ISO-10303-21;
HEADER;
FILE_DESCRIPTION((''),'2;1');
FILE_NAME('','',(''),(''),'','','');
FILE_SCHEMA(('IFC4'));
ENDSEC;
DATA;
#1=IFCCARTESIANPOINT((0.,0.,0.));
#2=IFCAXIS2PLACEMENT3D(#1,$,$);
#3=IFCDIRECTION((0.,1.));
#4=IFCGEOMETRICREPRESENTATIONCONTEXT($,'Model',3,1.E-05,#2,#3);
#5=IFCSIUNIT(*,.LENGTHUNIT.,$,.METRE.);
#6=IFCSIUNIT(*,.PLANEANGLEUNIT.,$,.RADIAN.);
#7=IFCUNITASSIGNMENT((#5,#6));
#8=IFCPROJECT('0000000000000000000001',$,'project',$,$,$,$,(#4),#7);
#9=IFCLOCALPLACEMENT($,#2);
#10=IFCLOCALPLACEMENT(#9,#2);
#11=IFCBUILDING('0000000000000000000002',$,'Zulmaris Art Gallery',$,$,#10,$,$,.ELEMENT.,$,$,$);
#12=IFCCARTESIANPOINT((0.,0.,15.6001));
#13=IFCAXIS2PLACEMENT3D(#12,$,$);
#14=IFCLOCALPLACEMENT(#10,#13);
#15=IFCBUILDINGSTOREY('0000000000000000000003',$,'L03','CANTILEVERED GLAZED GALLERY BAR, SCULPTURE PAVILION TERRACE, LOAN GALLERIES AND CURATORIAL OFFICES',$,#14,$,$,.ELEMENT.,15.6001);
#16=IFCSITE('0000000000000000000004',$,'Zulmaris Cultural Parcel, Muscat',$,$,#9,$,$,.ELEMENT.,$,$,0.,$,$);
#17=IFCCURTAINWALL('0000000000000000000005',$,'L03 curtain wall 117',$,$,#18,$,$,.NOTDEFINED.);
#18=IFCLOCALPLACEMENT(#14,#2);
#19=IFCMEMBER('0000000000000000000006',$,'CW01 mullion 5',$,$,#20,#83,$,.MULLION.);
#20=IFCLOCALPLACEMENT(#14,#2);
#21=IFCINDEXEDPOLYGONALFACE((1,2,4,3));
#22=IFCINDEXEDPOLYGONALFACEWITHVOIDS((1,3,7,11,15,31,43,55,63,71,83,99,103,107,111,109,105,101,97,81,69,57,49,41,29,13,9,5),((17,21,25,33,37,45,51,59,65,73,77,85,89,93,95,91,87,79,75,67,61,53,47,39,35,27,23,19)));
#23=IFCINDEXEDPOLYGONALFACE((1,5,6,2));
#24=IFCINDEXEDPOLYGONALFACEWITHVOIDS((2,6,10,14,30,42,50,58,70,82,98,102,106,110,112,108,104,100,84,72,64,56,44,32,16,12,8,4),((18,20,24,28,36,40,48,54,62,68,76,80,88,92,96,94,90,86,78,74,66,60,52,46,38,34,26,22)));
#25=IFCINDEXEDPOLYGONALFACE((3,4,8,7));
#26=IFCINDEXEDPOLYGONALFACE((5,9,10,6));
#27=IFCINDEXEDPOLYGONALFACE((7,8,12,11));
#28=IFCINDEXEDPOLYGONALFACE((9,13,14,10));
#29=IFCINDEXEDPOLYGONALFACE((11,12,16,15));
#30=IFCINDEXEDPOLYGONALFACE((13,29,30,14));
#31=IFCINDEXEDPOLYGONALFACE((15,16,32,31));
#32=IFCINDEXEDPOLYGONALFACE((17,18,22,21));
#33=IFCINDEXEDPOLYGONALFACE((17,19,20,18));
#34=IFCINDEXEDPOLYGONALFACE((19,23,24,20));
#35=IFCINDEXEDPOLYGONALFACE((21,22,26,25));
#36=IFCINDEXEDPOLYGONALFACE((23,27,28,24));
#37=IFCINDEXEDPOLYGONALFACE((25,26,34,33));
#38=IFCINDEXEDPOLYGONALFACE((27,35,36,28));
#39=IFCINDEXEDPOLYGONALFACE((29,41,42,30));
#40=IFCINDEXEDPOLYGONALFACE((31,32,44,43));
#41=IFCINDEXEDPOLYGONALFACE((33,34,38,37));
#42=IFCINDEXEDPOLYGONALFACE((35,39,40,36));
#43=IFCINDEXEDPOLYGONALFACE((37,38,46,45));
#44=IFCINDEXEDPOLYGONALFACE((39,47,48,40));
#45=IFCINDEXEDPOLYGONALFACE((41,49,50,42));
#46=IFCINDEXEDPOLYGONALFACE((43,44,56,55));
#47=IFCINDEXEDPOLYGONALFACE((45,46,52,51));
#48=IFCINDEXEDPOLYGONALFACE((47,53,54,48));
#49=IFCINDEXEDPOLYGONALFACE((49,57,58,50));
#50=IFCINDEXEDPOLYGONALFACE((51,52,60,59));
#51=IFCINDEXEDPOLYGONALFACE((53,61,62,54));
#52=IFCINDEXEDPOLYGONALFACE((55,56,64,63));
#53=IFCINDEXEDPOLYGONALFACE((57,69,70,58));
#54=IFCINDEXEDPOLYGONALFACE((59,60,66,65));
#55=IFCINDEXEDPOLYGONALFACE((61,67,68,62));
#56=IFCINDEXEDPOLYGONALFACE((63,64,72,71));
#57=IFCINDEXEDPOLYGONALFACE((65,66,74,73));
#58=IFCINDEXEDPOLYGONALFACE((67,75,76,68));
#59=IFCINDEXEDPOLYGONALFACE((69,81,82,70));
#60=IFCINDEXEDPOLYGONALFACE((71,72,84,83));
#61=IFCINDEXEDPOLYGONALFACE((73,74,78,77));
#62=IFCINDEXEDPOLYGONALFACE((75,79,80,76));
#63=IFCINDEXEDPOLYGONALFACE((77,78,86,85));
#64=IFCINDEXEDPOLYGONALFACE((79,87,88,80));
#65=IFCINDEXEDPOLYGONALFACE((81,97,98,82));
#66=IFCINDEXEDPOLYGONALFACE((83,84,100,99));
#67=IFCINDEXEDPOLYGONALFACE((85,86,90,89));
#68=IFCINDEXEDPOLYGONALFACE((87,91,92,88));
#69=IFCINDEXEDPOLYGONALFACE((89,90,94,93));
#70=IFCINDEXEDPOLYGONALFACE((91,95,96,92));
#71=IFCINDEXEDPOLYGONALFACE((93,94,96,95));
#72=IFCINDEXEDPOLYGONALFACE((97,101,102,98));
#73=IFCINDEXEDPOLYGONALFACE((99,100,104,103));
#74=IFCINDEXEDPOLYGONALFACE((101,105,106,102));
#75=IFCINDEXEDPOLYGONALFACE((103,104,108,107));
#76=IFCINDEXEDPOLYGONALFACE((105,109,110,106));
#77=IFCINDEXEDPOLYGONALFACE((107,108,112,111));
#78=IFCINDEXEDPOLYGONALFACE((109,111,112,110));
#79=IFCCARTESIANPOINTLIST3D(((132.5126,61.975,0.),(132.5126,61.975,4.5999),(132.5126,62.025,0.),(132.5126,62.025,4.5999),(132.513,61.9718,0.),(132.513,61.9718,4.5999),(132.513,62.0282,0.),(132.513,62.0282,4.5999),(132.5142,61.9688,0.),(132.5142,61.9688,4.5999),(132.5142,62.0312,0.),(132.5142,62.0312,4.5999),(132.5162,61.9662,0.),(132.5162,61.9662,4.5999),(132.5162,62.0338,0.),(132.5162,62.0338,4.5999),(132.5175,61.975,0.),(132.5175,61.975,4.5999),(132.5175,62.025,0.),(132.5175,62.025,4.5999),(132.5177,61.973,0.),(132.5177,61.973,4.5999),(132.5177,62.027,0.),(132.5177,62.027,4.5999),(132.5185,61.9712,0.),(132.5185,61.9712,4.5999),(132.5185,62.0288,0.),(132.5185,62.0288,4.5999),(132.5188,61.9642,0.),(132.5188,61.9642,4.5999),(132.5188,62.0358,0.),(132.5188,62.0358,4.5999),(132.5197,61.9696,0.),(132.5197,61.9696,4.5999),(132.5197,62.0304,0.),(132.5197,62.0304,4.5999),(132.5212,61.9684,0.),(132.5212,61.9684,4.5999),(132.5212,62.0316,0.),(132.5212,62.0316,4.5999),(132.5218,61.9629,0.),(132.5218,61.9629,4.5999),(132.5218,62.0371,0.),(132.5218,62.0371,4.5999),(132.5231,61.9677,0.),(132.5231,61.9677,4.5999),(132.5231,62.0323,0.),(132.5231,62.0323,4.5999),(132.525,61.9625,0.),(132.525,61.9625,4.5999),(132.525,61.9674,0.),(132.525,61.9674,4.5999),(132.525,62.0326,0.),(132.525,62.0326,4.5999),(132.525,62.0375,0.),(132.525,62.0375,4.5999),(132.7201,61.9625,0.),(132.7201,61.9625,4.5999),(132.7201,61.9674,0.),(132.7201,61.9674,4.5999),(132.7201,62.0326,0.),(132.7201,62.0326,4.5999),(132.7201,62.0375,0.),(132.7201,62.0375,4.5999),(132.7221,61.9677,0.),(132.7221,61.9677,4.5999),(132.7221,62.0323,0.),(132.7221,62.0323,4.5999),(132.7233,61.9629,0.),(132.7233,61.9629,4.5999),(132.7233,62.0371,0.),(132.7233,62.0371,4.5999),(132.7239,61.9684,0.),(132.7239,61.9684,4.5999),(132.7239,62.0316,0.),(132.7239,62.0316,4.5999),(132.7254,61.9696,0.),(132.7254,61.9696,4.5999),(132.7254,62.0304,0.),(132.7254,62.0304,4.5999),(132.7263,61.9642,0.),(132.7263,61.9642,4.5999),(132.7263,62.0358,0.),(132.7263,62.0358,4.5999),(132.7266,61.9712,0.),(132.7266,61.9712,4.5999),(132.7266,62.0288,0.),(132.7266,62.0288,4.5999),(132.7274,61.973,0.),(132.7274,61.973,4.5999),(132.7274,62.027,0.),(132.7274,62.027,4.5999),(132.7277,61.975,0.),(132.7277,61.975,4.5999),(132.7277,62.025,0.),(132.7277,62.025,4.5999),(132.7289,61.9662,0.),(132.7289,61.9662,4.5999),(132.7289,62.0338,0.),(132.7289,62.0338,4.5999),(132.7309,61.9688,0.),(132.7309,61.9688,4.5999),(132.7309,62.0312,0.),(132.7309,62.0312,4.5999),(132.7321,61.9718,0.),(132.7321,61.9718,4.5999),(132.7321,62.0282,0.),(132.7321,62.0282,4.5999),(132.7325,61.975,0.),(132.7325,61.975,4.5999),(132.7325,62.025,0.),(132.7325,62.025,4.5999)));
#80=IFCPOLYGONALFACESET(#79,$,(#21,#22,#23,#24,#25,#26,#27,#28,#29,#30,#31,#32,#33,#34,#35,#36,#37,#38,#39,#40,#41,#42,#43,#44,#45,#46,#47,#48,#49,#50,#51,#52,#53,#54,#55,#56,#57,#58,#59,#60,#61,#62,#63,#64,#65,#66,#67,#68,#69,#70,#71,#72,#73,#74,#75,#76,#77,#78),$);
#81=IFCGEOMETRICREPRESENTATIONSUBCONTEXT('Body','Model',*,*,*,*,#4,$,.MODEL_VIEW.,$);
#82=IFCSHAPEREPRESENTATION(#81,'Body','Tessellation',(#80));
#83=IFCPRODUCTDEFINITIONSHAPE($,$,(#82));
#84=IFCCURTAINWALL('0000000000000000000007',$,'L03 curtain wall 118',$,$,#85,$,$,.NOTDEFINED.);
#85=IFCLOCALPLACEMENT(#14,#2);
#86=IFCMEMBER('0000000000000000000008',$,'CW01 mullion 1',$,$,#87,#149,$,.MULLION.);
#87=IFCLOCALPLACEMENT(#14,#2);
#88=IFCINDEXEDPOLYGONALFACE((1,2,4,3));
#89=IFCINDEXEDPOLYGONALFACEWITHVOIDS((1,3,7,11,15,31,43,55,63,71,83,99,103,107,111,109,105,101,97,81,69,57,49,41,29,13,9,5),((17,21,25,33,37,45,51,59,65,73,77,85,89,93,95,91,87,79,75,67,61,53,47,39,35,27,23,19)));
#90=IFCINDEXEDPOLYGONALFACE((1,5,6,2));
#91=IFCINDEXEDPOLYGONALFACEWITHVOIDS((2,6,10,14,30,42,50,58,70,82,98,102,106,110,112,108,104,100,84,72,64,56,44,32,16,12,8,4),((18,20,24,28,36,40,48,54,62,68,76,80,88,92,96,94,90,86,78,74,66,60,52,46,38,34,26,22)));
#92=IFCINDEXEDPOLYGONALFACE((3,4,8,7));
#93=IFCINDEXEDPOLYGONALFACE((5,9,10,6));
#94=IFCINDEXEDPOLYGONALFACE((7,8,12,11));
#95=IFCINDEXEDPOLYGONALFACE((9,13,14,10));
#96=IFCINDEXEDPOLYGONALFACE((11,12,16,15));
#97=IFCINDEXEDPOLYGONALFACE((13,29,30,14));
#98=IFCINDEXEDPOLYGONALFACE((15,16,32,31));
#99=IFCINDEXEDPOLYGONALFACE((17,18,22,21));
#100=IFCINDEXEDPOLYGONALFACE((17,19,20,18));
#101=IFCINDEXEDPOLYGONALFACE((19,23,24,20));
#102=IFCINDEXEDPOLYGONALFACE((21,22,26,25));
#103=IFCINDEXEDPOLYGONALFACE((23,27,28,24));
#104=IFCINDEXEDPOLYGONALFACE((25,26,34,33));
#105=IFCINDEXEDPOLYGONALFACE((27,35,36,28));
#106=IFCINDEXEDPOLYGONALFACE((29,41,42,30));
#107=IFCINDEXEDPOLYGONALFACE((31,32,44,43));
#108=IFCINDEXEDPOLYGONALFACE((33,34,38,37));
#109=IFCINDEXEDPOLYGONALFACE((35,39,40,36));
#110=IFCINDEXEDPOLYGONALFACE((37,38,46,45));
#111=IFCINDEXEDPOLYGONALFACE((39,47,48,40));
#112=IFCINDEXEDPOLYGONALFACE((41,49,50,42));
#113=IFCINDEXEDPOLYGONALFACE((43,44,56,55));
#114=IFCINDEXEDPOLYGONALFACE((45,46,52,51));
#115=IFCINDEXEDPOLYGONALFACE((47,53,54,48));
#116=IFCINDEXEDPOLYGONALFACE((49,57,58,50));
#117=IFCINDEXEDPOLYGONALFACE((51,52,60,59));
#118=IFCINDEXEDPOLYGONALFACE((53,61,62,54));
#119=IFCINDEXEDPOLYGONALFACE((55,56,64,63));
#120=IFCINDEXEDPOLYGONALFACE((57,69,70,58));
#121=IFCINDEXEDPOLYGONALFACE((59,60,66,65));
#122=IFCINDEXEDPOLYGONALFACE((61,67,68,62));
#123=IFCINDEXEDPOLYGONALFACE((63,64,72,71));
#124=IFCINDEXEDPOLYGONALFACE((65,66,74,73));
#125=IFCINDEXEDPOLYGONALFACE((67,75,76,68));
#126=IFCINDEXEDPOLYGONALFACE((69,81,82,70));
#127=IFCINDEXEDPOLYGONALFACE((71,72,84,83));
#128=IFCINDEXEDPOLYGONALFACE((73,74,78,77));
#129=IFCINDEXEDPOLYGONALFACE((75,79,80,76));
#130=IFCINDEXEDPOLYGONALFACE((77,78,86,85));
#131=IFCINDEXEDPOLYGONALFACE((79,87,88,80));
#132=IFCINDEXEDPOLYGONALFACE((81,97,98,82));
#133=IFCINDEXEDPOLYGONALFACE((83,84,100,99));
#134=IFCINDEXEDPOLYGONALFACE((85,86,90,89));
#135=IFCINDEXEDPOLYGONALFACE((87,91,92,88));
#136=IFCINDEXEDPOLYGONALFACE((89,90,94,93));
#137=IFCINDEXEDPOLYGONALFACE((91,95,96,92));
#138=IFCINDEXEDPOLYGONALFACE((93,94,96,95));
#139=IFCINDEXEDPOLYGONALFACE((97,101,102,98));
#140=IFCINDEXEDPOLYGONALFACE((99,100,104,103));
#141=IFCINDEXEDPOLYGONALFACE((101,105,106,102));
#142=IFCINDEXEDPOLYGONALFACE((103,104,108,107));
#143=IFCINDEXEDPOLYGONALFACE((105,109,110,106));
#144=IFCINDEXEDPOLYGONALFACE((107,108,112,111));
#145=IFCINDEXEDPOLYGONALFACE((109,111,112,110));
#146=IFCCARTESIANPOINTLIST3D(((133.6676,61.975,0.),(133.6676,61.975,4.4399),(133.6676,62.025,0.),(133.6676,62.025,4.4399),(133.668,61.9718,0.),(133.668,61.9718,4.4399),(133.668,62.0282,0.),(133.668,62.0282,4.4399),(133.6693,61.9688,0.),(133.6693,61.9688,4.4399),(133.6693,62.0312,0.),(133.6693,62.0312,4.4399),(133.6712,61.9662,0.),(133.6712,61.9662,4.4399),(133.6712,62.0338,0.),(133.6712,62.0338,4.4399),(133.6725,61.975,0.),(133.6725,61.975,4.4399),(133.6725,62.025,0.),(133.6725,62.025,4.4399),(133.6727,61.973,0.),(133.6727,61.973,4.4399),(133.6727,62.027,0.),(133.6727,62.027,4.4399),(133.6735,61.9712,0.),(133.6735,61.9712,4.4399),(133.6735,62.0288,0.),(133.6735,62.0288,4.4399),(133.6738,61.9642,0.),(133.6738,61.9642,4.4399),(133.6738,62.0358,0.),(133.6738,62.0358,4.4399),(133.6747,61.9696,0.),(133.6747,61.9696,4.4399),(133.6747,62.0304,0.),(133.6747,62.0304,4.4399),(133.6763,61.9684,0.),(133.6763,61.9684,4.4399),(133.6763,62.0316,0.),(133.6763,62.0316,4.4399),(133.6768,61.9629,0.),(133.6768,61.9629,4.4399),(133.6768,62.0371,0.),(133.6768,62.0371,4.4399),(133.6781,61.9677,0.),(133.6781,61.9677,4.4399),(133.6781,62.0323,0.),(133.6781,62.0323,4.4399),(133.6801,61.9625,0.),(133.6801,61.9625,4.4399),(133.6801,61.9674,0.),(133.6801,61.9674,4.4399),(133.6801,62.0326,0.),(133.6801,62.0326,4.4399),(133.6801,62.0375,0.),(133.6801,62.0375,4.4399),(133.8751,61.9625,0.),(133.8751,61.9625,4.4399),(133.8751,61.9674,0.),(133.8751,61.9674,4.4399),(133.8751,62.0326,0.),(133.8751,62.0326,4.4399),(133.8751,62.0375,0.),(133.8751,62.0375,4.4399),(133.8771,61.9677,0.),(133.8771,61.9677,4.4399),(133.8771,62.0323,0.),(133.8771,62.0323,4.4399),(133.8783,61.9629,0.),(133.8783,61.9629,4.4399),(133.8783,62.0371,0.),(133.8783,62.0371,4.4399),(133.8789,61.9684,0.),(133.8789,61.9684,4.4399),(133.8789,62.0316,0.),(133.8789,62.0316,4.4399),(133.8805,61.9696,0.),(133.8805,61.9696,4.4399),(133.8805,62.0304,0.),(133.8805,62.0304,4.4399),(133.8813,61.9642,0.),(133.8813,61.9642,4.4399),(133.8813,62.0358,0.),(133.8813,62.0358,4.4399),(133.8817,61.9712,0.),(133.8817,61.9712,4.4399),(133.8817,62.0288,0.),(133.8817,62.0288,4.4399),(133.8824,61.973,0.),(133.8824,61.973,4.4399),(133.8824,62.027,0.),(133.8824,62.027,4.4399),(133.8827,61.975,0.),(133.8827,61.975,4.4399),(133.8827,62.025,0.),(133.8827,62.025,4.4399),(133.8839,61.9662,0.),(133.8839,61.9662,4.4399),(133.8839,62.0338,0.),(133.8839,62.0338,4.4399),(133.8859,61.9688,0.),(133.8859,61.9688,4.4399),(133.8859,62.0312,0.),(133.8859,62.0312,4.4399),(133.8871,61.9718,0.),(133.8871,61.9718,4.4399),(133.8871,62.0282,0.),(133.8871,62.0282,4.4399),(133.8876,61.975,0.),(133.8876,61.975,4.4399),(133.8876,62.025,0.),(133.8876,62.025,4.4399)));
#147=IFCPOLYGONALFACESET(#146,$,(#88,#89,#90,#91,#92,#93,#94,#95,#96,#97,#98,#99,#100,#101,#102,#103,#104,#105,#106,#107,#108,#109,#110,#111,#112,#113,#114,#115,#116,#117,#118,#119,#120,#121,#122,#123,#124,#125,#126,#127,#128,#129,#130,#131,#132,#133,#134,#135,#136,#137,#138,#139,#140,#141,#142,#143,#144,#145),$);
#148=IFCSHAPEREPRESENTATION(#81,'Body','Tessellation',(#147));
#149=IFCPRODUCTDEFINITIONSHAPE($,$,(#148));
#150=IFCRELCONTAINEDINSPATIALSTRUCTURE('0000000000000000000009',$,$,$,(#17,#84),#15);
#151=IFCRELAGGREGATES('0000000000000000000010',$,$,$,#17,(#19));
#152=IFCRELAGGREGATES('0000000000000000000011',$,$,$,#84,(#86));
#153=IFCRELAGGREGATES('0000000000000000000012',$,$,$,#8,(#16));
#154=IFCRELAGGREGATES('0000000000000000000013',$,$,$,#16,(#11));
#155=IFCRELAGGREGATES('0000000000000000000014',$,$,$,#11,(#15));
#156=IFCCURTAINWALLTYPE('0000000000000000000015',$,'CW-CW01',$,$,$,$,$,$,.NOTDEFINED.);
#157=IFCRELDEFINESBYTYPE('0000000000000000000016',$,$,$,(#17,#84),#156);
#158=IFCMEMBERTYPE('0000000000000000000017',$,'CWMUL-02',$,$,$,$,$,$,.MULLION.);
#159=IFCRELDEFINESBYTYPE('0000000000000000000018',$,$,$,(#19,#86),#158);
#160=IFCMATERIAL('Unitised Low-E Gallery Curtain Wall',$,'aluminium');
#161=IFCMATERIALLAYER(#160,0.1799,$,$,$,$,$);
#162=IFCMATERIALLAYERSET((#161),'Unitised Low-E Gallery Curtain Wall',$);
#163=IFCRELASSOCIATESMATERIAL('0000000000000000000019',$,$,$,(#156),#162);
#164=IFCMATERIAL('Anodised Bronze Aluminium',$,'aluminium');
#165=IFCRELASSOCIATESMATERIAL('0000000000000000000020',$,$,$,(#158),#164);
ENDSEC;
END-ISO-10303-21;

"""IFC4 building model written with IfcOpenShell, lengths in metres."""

from ifc_helpers import new_model, si_unit, direction, frame, origin, origin_2d, place, context, subcontext, project, spatial, hollow_rectangle, extrude, material, layer, layer_set, material_profile, profile_set, type_object, element, aggregate, save


model = new_model("IFC4")

# Units and contexts
model_context = context("Model", 3, precision=1e-05, world=origin(), true_north=direction((0.0, 1.0)))
body_context = subcontext(model_context, "Body", "Model", "MODEL_VIEW")
ifc_project = project(units=[si_unit("LENGTHUNIT", "METRE"), si_unit("PLANEANGLEUNIT", "RADIAN")], contexts=[model_context])

# Site, building, storey
site_placement = place(None, origin())
site = spatial("IfcSite", under=ifc_project, at=site_placement, Name="Zulmaris Cultural Parcel, Muscat", CompositionType="ELEMENT", RefElevation=0.0)
building_placement = place(site_placement, origin())
building = spatial("IfcBuilding", under=site, at=building_placement, Name="Zulmaris Art Gallery", CompositionType="ELEMENT")
storey_placement = place(building_placement, frame((0.0, 0.0, 15.6001)))
storey = spatial("IfcBuildingStorey", under=building, at=storey_placement, Name="L03", Description="CANTILEVERED GLAZED GALLERY BAR, SCULPTURE PAVILION TERRACE, LOAN GALLERIES AND CURATORIAL OFFICES", CompositionType="ELEMENT", Elevation=15.6001)

# Curtain walls, members
ifc_material_1 = material(Name="Unitised Low-E Gallery Curtain Wall", Category="aluminium")
ifc_layer_1 = layer(ifc_material_1, 0.1799)
ifc_layer_set_1 = layer_set([ifc_layer_1], Name="Unitised Low-E Gallery Curtain Wall")
curtain_wall_type = type_object("IfcCurtainWallType", Name="CW-CW01", PredefinedType="NOTDEFINED", material=ifc_layer_set_1)
curtain_wall_1_placement = place(storey_placement, origin())
curtain_wall_1 = element("IfcCurtainWall", 1, at=curtain_wall_1_placement, inside=storey, type_object=curtain_wall_type, Name="L03 curtain wall 117", PredefinedType="NOTDEFINED")
ifc_material_2 = material(Name="Anodised Bronze Aluminium", Category="aluminium")
ifc_material_profile_1 = material_profile(ifc_material_2, hollow_rectangle(XDim=0.075, YDim=0.22, WallThickness=0.0049, InnerFilletRadius=0.0076, OuterFilletRadius=0.0125, at=origin_2d()), Name="ALU 75x220x5")
ifc_profile_set_1 = profile_set([ifc_material_profile_1], Name="Anodised Bronze Aluminium")
member_type_1 = type_object("IfcMemberType", Name="CWMUL-02", PredefinedType="MULLION", material=ifc_profile_set_1)
member_1_placement = place(storey_placement, frame((132.6226, 62.0, 0.0), z_axis=(0.0, 0.0, 1.0), x_axis=(0.0, 1.0, 0.0)))
member_1 = element("IfcMember", 2, at=member_1_placement, type_object=member_type_1, Name="CW01 mullion 5", PredefinedType="MULLION", context=body_context, shape_type="SweptSolid", body=[
    extrude(hollow_rectangle(XDim=0.075, YDim=0.22, WallThickness=0.0049, InnerFilletRadius=0.0076, OuterFilletRadius=0.0125, at=origin_2d()), origin(), (0.0, 0.0, 1.0), 4.5999),
])
curtain_wall_2_placement = place(storey_placement, origin())
curtain_wall_2 = element("IfcCurtainWall", 3, at=curtain_wall_2_placement, inside=storey, type_object=curtain_wall_type, Name="L03 curtain wall 118", PredefinedType="NOTDEFINED")
member_2_placement = place(storey_placement, frame((133.7776, 62.0, 0.0), z_axis=(0.0, 0.0, 1.0), x_axis=(0.0, 1.0, 0.0)))
member_2 = element("IfcMember", 4, at=member_2_placement, type_object=member_type_1, Name="CW01 mullion 1", PredefinedType="MULLION", context=body_context, shape_type="SweptSolid", body=[
    extrude(hollow_rectangle(XDim=0.075, YDim=0.22, WallThickness=0.0049, InnerFilletRadius=0.0076, OuterFilletRadius=0.0125, at=origin_2d()), origin(), (0.0, 0.0, 1.0), 4.4399),
])

aggregate(curtain_wall_1, [member_1])
aggregate(curtain_wall_2, [member_2])

save(model, "model.ifc")
